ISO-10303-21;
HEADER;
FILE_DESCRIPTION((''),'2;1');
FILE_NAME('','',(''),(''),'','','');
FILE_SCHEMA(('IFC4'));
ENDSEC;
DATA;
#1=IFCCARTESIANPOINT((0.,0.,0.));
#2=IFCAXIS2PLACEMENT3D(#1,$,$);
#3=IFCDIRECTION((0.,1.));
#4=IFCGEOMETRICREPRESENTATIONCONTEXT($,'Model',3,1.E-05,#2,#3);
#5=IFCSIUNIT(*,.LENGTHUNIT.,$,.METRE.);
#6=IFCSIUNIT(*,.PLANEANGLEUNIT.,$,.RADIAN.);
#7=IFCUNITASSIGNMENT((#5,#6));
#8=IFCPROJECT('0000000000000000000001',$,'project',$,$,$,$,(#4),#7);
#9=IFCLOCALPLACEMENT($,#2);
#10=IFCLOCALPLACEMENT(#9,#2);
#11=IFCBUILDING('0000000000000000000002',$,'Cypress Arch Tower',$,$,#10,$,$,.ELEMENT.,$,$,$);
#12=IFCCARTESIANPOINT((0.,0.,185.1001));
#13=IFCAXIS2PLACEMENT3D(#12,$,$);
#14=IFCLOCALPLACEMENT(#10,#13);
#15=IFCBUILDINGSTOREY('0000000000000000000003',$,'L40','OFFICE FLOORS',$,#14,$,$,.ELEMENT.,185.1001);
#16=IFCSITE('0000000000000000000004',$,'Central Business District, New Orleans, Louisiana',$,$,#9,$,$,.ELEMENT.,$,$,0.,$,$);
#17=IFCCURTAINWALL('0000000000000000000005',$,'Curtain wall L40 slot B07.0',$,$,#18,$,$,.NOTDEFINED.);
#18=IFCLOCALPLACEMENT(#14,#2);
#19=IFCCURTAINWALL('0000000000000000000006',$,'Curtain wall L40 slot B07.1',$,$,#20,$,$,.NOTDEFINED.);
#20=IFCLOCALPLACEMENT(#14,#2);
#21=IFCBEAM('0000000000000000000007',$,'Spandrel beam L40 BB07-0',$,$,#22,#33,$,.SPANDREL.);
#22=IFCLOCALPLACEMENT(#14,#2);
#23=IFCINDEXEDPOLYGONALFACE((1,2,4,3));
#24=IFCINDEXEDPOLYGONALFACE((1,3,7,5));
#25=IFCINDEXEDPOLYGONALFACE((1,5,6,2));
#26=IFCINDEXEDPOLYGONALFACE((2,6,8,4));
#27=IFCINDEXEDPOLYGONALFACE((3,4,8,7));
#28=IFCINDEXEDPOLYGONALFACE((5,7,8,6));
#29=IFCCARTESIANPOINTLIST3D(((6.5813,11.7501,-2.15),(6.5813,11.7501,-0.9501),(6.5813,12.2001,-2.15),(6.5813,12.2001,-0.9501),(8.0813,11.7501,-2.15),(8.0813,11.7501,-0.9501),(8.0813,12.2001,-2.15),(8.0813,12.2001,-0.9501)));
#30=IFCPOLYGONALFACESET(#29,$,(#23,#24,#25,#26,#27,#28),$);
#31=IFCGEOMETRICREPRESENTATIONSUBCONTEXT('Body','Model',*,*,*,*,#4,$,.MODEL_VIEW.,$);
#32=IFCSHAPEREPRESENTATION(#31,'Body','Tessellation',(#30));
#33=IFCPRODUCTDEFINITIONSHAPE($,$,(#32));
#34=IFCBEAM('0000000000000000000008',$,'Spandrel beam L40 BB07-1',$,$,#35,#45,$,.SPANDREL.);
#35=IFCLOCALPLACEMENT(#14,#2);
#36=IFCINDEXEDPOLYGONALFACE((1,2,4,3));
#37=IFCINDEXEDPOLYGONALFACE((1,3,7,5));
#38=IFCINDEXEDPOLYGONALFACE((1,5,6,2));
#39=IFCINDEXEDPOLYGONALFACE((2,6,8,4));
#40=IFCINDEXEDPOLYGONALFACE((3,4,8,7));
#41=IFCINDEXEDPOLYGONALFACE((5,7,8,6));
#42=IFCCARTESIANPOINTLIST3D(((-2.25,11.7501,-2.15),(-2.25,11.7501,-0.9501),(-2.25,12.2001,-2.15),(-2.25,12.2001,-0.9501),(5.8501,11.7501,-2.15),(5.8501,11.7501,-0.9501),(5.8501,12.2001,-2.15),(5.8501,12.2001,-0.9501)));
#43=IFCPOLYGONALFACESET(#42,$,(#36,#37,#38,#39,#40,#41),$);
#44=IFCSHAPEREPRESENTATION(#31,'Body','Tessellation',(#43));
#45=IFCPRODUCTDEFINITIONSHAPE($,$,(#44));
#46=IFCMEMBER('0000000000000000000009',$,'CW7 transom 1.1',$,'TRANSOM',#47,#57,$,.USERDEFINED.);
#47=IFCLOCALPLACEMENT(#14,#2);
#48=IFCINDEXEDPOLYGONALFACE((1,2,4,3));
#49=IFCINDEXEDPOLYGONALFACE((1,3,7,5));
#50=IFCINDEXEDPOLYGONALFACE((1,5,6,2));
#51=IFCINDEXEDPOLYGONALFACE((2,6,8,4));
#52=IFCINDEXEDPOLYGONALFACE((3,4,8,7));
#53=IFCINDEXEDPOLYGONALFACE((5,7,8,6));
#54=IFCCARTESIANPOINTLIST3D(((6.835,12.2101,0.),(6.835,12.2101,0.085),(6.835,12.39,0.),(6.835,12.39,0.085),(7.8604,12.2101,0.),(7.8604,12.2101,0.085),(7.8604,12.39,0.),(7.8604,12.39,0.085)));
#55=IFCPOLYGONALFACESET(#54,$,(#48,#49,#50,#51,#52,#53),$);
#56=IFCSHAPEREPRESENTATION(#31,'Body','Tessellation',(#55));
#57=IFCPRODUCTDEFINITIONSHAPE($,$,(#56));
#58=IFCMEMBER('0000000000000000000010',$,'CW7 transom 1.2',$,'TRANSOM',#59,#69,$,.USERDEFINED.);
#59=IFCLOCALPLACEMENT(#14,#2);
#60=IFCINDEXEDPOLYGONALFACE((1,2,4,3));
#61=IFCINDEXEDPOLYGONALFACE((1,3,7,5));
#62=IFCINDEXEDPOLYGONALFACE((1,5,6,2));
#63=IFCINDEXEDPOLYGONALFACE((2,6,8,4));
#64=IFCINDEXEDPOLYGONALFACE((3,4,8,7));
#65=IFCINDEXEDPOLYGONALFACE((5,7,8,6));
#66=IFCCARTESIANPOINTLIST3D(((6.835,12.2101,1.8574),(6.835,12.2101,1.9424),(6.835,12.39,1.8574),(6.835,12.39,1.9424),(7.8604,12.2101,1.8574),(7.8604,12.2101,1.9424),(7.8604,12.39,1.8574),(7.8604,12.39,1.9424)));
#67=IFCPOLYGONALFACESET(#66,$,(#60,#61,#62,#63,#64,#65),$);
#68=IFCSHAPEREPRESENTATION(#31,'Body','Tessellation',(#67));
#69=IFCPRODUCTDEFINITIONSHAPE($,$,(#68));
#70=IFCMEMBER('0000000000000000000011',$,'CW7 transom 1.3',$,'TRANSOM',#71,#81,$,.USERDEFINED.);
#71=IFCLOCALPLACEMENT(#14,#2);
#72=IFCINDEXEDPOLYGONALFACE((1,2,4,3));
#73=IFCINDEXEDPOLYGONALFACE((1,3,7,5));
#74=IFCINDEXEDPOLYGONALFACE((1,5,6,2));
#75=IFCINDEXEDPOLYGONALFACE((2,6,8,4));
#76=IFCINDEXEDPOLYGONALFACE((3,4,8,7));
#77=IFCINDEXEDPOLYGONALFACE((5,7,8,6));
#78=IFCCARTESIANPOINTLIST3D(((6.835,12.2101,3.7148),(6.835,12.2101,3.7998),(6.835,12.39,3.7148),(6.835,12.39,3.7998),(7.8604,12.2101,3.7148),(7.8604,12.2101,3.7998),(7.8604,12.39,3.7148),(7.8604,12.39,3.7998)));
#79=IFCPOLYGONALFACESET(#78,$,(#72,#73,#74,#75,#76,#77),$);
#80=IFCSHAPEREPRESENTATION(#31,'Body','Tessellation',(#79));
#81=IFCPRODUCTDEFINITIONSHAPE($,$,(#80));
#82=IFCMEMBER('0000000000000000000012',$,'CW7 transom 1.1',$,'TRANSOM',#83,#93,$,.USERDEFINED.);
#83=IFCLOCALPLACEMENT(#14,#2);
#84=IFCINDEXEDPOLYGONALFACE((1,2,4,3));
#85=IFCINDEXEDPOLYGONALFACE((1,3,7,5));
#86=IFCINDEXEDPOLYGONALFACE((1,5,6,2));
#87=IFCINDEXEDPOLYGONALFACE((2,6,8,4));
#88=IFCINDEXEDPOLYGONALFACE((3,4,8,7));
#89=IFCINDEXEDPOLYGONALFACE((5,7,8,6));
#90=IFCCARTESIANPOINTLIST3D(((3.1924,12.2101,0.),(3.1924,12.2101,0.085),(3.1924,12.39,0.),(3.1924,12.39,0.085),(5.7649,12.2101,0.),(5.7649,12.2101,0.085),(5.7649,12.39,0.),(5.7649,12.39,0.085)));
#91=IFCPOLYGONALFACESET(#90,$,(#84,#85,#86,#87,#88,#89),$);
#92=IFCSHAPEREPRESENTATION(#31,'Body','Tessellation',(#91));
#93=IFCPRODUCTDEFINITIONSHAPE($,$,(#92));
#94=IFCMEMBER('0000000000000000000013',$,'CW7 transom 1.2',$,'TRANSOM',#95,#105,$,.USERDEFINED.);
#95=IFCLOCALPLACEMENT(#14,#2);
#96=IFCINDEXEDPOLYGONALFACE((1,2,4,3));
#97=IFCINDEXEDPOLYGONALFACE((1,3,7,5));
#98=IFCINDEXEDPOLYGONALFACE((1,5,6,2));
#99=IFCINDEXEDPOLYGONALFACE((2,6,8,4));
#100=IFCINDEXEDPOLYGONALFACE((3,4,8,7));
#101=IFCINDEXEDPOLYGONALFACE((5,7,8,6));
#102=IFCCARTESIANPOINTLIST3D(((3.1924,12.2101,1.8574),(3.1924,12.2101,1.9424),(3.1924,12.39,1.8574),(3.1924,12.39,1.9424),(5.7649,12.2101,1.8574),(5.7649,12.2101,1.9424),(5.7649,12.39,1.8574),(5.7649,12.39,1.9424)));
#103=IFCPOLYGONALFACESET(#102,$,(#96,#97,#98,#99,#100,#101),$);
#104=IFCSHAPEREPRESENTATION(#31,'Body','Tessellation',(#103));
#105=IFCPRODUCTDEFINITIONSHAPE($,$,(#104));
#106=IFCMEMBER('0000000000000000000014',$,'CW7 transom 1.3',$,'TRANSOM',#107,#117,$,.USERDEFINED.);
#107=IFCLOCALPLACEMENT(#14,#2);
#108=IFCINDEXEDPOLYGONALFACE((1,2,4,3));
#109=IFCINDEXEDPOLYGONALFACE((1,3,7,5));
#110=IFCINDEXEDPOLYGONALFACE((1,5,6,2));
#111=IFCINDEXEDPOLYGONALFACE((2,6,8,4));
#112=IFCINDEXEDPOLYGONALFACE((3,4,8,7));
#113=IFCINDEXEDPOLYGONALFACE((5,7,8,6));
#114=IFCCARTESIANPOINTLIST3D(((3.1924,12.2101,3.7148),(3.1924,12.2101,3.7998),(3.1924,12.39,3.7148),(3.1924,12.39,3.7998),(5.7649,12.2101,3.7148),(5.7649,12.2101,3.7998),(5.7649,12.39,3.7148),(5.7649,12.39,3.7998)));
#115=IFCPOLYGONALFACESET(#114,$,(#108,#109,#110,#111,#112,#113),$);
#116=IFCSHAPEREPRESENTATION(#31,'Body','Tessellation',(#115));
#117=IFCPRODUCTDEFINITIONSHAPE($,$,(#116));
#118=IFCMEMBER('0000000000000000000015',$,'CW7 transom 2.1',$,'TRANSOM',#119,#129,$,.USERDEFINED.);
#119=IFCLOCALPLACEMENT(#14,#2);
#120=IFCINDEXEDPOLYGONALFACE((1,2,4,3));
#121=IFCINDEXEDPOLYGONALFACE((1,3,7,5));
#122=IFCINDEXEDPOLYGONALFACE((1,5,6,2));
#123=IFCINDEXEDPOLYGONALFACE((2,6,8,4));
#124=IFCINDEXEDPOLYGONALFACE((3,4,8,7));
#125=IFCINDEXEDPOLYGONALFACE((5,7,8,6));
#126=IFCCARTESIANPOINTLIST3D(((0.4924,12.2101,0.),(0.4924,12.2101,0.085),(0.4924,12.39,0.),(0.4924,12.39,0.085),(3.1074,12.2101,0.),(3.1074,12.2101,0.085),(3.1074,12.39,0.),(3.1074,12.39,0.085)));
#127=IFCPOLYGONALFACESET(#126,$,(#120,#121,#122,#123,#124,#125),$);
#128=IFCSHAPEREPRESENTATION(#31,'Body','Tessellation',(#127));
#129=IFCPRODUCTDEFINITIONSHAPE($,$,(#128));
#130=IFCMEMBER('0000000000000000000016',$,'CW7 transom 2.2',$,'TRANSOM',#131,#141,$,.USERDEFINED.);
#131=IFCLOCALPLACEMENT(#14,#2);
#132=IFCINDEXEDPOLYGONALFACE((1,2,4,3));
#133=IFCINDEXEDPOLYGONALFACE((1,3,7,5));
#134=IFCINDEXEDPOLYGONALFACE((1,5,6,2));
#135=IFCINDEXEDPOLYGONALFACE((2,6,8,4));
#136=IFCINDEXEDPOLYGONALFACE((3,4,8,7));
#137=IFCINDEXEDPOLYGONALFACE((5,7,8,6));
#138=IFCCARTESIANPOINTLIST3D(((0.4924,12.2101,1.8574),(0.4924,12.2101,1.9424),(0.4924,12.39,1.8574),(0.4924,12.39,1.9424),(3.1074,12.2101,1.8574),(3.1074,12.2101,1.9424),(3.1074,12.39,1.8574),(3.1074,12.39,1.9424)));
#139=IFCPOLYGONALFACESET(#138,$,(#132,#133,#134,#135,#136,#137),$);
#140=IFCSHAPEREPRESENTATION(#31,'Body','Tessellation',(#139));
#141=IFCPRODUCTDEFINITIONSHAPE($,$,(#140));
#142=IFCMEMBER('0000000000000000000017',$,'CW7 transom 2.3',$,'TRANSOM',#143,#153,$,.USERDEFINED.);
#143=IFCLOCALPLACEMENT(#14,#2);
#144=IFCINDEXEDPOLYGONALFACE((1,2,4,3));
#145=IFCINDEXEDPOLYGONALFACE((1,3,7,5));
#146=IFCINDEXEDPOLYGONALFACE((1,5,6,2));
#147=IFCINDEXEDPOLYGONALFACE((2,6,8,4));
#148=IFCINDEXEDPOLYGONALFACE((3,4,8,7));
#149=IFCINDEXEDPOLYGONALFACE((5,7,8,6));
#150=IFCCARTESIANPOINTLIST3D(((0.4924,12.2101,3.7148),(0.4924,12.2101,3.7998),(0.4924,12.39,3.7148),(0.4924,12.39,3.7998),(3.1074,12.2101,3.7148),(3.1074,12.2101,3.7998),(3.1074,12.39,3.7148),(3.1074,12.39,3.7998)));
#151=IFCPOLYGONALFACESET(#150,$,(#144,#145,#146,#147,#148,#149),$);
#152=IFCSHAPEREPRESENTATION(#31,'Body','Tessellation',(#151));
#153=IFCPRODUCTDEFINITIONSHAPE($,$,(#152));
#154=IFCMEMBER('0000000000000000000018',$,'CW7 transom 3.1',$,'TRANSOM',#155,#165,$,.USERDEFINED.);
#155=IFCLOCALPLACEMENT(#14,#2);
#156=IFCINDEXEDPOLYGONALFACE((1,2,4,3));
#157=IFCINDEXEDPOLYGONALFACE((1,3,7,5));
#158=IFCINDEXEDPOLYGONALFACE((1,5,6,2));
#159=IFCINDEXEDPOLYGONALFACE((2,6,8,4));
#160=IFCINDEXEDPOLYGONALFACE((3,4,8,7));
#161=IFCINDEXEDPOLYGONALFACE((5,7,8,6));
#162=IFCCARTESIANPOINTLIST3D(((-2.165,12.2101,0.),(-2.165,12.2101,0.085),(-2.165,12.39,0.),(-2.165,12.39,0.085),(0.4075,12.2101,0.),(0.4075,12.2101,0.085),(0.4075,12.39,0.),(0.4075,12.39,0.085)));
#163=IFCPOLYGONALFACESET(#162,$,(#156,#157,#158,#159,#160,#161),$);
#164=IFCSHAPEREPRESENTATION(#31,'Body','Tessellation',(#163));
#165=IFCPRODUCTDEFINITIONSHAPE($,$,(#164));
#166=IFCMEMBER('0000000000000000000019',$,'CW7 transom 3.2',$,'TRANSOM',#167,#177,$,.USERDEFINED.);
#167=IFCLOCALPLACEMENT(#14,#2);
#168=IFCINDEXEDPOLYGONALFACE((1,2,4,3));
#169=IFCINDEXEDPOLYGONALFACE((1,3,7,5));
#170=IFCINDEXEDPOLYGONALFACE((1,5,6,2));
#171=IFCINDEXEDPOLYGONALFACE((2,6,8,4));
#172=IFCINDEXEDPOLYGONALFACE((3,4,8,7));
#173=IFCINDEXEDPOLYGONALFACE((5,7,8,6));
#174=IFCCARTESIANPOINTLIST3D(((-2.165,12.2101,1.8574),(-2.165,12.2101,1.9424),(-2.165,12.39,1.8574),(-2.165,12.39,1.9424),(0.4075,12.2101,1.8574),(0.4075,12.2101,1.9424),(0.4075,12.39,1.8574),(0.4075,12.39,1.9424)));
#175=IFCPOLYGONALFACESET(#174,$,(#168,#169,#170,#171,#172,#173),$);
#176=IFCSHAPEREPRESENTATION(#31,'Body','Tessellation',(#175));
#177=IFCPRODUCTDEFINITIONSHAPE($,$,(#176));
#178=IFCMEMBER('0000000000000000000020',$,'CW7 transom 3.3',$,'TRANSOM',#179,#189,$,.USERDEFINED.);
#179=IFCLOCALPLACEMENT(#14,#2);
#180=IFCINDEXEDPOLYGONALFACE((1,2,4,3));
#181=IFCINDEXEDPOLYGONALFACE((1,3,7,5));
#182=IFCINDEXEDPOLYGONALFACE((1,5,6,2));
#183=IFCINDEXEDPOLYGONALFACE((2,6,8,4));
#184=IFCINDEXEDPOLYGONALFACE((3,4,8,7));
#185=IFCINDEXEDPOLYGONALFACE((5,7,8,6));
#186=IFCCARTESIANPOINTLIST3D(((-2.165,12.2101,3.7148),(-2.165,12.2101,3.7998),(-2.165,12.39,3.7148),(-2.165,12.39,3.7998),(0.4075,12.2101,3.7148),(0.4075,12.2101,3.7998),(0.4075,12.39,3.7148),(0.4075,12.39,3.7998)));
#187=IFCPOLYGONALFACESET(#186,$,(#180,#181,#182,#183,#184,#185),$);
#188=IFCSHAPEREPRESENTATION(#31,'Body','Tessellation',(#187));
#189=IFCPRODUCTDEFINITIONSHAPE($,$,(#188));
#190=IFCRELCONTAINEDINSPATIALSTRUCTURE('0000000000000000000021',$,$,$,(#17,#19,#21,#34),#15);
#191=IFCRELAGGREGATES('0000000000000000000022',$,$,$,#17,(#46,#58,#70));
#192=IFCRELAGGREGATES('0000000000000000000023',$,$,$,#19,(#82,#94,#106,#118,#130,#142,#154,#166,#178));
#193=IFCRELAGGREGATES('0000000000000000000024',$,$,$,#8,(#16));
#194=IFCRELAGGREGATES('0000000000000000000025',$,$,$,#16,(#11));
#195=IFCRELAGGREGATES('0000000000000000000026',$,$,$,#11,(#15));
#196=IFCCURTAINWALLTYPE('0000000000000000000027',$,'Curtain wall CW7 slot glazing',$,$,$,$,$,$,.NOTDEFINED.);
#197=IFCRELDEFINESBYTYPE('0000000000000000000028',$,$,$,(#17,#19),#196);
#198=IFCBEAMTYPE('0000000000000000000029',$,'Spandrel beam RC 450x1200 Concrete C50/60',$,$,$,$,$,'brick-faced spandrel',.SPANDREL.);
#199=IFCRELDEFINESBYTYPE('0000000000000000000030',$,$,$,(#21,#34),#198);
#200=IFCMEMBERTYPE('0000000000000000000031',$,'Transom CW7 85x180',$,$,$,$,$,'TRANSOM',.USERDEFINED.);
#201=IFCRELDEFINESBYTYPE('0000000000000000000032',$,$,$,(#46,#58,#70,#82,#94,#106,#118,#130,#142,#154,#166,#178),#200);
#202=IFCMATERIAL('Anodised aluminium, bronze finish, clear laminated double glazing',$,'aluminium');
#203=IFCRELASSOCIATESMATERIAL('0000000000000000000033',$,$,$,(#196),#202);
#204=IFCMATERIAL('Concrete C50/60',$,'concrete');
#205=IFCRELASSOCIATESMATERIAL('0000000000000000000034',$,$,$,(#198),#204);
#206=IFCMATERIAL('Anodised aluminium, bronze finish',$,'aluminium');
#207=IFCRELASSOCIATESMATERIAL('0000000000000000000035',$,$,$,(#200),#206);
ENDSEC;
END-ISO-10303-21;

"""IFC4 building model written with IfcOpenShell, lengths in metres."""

from ifc_helpers import new_model, si_unit, direction, frame, origin, origin_2d, place, context, subcontext, project, spatial, rectangle, extrude, material, material_profile, profile_set, type_object, element, aggregate, save


model = new_model("IFC4")

# Units and contexts
model_context = context("Model", 3, precision=1e-05, world=origin(), true_north=direction((0.0, 1.0)))
body_context = subcontext(model_context, "Body", "Model", "MODEL_VIEW")
ifc_project = project(units=[si_unit("LENGTHUNIT", "METRE"), si_unit("PLANEANGLEUNIT", "RADIAN")], contexts=[model_context])

# Site, building, storey
site_placement = place(None, origin())
site = spatial("IfcSite", under=ifc_project, at=site_placement, Name="Central Business District, New Orleans, Louisiana", CompositionType="ELEMENT", RefElevation=0.0)
building_placement = place(site_placement, origin())
building = spatial("IfcBuilding", under=site, at=building_placement, Name="Cypress Arch Tower", CompositionType="ELEMENT")
storey_placement = place(building_placement, frame((0.0, 0.0, 185.1001)))
storey = spatial("IfcBuildingStorey", under=building, at=storey_placement, Name="L40", Description="OFFICE FLOORS", CompositionType="ELEMENT", Elevation=185.1001)

# Curtain walls
ifc_material_1 = material(Name="Anodised aluminium, bronze finish, clear laminated double glazing", Category="aluminium")
curtain_wall_type = type_object("IfcCurtainWallType", Name="Curtain wall CW7 slot glazing", PredefinedType="NOTDEFINED", material=ifc_material_1)
curtain_wall_1_placement = place(storey_placement, origin())
curtain_wall_1 = element("IfcCurtainWall", 1, at=curtain_wall_1_placement, inside=storey, type_object=curtain_wall_type, Name="Curtain wall L40 slot B07.0", PredefinedType="NOTDEFINED")
curtain_wall_2_placement = place(storey_placement, origin())
curtain_wall_2 = element("IfcCurtainWall", 2, at=curtain_wall_2_placement, inside=storey, type_object=curtain_wall_type, Name="Curtain wall L40 slot B07.1", PredefinedType="NOTDEFINED")

# Beams
ifc_material_2 = material(Name="Concrete C50/60", Category="concrete")
ifc_material_profile_1 = material_profile(ifc_material_2, rectangle(XDim=0.45, YDim=1.2, at=origin_2d()), Name="RC 450x1200")
ifc_profile_set_1 = profile_set([ifc_material_profile_1], Name="Concrete C50/60")
beam_type_1 = type_object("IfcBeamType", Name="Spandrel beam RC 450x1200 Concrete C50/60", ElementType="brick-faced spandrel", PredefinedType="SPANDREL", material=ifc_profile_set_1)
beam_1_placement = place(storey_placement, frame((8.0813, 11.9751, -1.55), z_axis=(-1.0, 0.0, 0.0), x_axis=(0.0, -1.0, 0.0)))
element("IfcBeam", 3, at=beam_1_placement, inside=storey, type_object=beam_type_1, Name="Spandrel beam L40 BB07-0", PredefinedType="SPANDREL", context=body_context, shape_type="SweptSolid", body=[
    extrude(rectangle(XDim=0.45, YDim=1.2, at=origin_2d()), origin(), (0.0, 0.0, 1.0), 1.5),
])
beam_2_placement = place(storey_placement, frame((5.8501, 11.9751, -1.55), z_axis=(-1.0, 0.0, 0.0), x_axis=(0.0, -1.0, 0.0)))
element("IfcBeam", 4, at=beam_2_placement, inside=storey, type_object=beam_type_1, Name="Spandrel beam L40 BB07-1", PredefinedType="SPANDREL", context=body_context, shape_type="SweptSolid", body=[
    extrude(rectangle(XDim=0.45, YDim=1.2, at=origin_2d()), origin(), (0.0, 0.0, 1.0), 8.1001),
])

# Members
ifc_material_3 = material(Name="Anodised aluminium, bronze finish", Category="aluminium")
ifc_material_profile_2 = material_profile(ifc_material_3, rectangle(XDim=0.1799, YDim=0.085, at=origin_2d()), Name="Transom 85x180")
ifc_profile_set_2 = profile_set([ifc_material_profile_2], Name="Anodised aluminium, bronze finish")
member_type_1 = type_object("IfcMemberType", Name="Transom CW7 85x180", ElementType="TRANSOM", PredefinedType="USERDEFINED", material=ifc_profile_set_2)
member_1_placement = place(storey_placement, frame((7.8604, 12.3, 0.0425), z_axis=(-1.0, 0.0, 0.0), x_axis=(0.0, -1.0, 0.0)))
member_1 = element("IfcMember", 5, at=member_1_placement, type_object=member_type_1, Name="CW7 transom 1.1", ObjectType="TRANSOM", PredefinedType="USERDEFINED", context=body_context, shape_type="SweptSolid", body=[
    extrude(rectangle(XDim=0.1799, YDim=0.085, at=origin_2d()), origin(), (0.0, 0.0, 1.0), 1.0254),
])
member_2_placement = place(storey_placement, frame((7.8604, 12.3, 1.8999), z_axis=(-1.0, 0.0, 0.0), x_axis=(0.0, -1.0, 0.0)))
member_2 = element("IfcMember", 6, at=member_2_placement, type_object=member_type_1, Name="CW7 transom 1.2", ObjectType="TRANSOM", PredefinedType="USERDEFINED", context=body_context, shape_type="SweptSolid", body=[
    extrude(rectangle(XDim=0.1799, YDim=0.085, at=origin_2d()), origin(), (0.0, 0.0, 1.0), 1.0254),
])
member_3_placement = place(storey_placement, frame((7.8604, 12.3, 3.7573), z_axis=(-1.0, 0.0, 0.0), x_axis=(0.0, -1.0, 0.0)))
member_3 = element("IfcMember", 7, at=member_3_placement, type_object=member_type_1, Name="CW7 transom 1.3", ObjectType="TRANSOM", PredefinedType="USERDEFINED", context=body_context, shape_type="SweptSolid", body=[
    extrude(rectangle(XDim=0.1799, YDim=0.085, at=origin_2d()), origin(), (0.0, 0.0, 1.0), 1.0254),
])
member_4_placement = place(storey_placement, frame((5.7649, 12.3, 0.0425), z_axis=(-1.0, 0.0, 0.0), x_axis=(0.0, -1.0, 0.0)))
member_4 = element("IfcMember", 8, at=member_4_placement, type_object=member_type_1, Name="CW7 transom 1.1", ObjectType="TRANSOM", PredefinedType="USERDEFINED", context=body_context, shape_type="SweptSolid", body=[
    extrude(rectangle(XDim=0.1799, YDim=0.085, at=origin_2d()), origin(), (0.0, 0.0, 1.0), 2.5725),
])
member_5_placement = place(storey_placement, frame((5.7649, 12.3, 1.8999), z_axis=(-1.0, 0.0, 0.0), x_axis=(0.0, -1.0, 0.0)))
member_5 = element("IfcMember", 9, at=member_5_placement, type_object=member_type_1, Name="CW7 transom 1.2", ObjectType="TRANSOM", PredefinedType="USERDEFINED", context=body_context, shape_type="SweptSolid", body=[
    extrude(rectangle(XDim=0.1799, YDim=0.085, at=origin_2d()), origin(), (0.0, 0.0, 1.0), 2.5725),
])
member_6_placement = place(storey_placement, frame((5.7649, 12.3, 3.7573), z_axis=(-1.0, 0.0, 0.0), x_axis=(0.0, -1.0, 0.0)))
member_6 = element("IfcMember", 10, at=member_6_placement, type_object=member_type_1, Name="CW7 transom 1.3", ObjectType="TRANSOM", PredefinedType="USERDEFINED", context=body_context, shape_type="SweptSolid", body=[
    extrude(rectangle(XDim=0.1799, YDim=0.085, at=origin_2d()), origin(), (0.0, 0.0, 1.0), 2.5725),
])
member_7_placement = place(storey_placement, frame((3.1074, 12.3, 0.0425), z_axis=(-1.0, 0.0, 0.0), x_axis=(0.0, -1.0, 0.0)))
member_7 = element("IfcMember", 11, at=member_7_placement, type_object=member_type_1, Name="CW7 transom 2.1", ObjectType="TRANSOM", PredefinedType="USERDEFINED", context=body_context, shape_type="SweptSolid", body=[
    extrude(rectangle(XDim=0.1799, YDim=0.085, at=origin_2d()), origin(), (0.0, 0.0, 1.0), 2.615),
])
member_8_placement = place(storey_placement, frame((3.1074, 12.3, 1.8999), z_axis=(-1.0, 0.0, 0.0), x_axis=(0.0, -1.0, 0.0)))
member_8 = element("IfcMember", 12, at=member_8_placement, type_object=member_type_1, Name="CW7 transom 2.2", ObjectType="TRANSOM", PredefinedType="USERDEFINED", context=body_context, shape_type="SweptSolid", body=[
    extrude(rectangle(XDim=0.1799, YDim=0.085, at=origin_2d()), origin(), (0.0, 0.0, 1.0), 2.615),
])
member_9_placement = place(storey_placement, frame((3.1074, 12.3, 3.7573), z_axis=(-1.0, 0.0, 0.0), x_axis=(0.0, -1.0, 0.0)))
member_9 = element("IfcMember", 13, at=member_9_placement, type_object=member_type_1, Name="CW7 transom 2.3", ObjectType="TRANSOM", PredefinedType="USERDEFINED", context=body_context, shape_type="SweptSolid", body=[
    extrude(rectangle(XDim=0.1799, YDim=0.085, at=origin_2d()), origin(), (0.0, 0.0, 1.0), 2.615),
])
member_10_placement = place(storey_placement, frame((0.4075, 12.3, 0.0425), z_axis=(-1.0, 0.0, 0.0), x_axis=(0.0, -1.0, 0.0)))
member_10 = element("IfcMember", 14, at=member_10_placement, type_object=member_type_1, Name="CW7 transom 3.1", ObjectType="TRANSOM", PredefinedType="USERDEFINED", context=body_context, shape_type="SweptSolid", body=[
    extrude(rectangle(XDim=0.1799, YDim=0.085, at=origin_2d()), origin(), (0.0, 0.0, 1.0), 2.5725),
])
member_11_placement = place(storey_placement, frame((0.4075, 12.3, 1.8999), z_axis=(-1.0, 0.0, 0.0), x_axis=(0.0, -1.0, 0.0)))
member_11 = element("IfcMember", 15, at=member_11_placement, type_object=member_type_1, Name="CW7 transom 3.2", ObjectType="TRANSOM", PredefinedType="USERDEFINED", context=body_context, shape_type="SweptSolid", body=[
    extrude(rectangle(XDim=0.1799, YDim=0.085, at=origin_2d()), origin(), (0.0, 0.0, 1.0), 2.5725),
])
member_12_placement = place(storey_placement, frame((0.4075, 12.3, 3.7573), z_axis=(-1.0, 0.0, 0.0), x_axis=(0.0, -1.0, 0.0)))
member_12 = element("IfcMember", 16, at=member_12_placement, type_object=member_type_1, Name="CW7 transom 3.3", ObjectType="TRANSOM", PredefinedType="USERDEFINED", context=body_context, shape_type="SweptSolid", body=[
    extrude(rectangle(XDim=0.1799, YDim=0.085, at=origin_2d()), origin(), (0.0, 0.0, 1.0), 2.5725),
])

aggregate(curtain_wall_1, [member_1, member_2, member_3])
aggregate(curtain_wall_2, [member_4, member_5, member_6, member_7, member_8, member_9, member_10, member_11, member_12])

save(model, "model.ifc")
